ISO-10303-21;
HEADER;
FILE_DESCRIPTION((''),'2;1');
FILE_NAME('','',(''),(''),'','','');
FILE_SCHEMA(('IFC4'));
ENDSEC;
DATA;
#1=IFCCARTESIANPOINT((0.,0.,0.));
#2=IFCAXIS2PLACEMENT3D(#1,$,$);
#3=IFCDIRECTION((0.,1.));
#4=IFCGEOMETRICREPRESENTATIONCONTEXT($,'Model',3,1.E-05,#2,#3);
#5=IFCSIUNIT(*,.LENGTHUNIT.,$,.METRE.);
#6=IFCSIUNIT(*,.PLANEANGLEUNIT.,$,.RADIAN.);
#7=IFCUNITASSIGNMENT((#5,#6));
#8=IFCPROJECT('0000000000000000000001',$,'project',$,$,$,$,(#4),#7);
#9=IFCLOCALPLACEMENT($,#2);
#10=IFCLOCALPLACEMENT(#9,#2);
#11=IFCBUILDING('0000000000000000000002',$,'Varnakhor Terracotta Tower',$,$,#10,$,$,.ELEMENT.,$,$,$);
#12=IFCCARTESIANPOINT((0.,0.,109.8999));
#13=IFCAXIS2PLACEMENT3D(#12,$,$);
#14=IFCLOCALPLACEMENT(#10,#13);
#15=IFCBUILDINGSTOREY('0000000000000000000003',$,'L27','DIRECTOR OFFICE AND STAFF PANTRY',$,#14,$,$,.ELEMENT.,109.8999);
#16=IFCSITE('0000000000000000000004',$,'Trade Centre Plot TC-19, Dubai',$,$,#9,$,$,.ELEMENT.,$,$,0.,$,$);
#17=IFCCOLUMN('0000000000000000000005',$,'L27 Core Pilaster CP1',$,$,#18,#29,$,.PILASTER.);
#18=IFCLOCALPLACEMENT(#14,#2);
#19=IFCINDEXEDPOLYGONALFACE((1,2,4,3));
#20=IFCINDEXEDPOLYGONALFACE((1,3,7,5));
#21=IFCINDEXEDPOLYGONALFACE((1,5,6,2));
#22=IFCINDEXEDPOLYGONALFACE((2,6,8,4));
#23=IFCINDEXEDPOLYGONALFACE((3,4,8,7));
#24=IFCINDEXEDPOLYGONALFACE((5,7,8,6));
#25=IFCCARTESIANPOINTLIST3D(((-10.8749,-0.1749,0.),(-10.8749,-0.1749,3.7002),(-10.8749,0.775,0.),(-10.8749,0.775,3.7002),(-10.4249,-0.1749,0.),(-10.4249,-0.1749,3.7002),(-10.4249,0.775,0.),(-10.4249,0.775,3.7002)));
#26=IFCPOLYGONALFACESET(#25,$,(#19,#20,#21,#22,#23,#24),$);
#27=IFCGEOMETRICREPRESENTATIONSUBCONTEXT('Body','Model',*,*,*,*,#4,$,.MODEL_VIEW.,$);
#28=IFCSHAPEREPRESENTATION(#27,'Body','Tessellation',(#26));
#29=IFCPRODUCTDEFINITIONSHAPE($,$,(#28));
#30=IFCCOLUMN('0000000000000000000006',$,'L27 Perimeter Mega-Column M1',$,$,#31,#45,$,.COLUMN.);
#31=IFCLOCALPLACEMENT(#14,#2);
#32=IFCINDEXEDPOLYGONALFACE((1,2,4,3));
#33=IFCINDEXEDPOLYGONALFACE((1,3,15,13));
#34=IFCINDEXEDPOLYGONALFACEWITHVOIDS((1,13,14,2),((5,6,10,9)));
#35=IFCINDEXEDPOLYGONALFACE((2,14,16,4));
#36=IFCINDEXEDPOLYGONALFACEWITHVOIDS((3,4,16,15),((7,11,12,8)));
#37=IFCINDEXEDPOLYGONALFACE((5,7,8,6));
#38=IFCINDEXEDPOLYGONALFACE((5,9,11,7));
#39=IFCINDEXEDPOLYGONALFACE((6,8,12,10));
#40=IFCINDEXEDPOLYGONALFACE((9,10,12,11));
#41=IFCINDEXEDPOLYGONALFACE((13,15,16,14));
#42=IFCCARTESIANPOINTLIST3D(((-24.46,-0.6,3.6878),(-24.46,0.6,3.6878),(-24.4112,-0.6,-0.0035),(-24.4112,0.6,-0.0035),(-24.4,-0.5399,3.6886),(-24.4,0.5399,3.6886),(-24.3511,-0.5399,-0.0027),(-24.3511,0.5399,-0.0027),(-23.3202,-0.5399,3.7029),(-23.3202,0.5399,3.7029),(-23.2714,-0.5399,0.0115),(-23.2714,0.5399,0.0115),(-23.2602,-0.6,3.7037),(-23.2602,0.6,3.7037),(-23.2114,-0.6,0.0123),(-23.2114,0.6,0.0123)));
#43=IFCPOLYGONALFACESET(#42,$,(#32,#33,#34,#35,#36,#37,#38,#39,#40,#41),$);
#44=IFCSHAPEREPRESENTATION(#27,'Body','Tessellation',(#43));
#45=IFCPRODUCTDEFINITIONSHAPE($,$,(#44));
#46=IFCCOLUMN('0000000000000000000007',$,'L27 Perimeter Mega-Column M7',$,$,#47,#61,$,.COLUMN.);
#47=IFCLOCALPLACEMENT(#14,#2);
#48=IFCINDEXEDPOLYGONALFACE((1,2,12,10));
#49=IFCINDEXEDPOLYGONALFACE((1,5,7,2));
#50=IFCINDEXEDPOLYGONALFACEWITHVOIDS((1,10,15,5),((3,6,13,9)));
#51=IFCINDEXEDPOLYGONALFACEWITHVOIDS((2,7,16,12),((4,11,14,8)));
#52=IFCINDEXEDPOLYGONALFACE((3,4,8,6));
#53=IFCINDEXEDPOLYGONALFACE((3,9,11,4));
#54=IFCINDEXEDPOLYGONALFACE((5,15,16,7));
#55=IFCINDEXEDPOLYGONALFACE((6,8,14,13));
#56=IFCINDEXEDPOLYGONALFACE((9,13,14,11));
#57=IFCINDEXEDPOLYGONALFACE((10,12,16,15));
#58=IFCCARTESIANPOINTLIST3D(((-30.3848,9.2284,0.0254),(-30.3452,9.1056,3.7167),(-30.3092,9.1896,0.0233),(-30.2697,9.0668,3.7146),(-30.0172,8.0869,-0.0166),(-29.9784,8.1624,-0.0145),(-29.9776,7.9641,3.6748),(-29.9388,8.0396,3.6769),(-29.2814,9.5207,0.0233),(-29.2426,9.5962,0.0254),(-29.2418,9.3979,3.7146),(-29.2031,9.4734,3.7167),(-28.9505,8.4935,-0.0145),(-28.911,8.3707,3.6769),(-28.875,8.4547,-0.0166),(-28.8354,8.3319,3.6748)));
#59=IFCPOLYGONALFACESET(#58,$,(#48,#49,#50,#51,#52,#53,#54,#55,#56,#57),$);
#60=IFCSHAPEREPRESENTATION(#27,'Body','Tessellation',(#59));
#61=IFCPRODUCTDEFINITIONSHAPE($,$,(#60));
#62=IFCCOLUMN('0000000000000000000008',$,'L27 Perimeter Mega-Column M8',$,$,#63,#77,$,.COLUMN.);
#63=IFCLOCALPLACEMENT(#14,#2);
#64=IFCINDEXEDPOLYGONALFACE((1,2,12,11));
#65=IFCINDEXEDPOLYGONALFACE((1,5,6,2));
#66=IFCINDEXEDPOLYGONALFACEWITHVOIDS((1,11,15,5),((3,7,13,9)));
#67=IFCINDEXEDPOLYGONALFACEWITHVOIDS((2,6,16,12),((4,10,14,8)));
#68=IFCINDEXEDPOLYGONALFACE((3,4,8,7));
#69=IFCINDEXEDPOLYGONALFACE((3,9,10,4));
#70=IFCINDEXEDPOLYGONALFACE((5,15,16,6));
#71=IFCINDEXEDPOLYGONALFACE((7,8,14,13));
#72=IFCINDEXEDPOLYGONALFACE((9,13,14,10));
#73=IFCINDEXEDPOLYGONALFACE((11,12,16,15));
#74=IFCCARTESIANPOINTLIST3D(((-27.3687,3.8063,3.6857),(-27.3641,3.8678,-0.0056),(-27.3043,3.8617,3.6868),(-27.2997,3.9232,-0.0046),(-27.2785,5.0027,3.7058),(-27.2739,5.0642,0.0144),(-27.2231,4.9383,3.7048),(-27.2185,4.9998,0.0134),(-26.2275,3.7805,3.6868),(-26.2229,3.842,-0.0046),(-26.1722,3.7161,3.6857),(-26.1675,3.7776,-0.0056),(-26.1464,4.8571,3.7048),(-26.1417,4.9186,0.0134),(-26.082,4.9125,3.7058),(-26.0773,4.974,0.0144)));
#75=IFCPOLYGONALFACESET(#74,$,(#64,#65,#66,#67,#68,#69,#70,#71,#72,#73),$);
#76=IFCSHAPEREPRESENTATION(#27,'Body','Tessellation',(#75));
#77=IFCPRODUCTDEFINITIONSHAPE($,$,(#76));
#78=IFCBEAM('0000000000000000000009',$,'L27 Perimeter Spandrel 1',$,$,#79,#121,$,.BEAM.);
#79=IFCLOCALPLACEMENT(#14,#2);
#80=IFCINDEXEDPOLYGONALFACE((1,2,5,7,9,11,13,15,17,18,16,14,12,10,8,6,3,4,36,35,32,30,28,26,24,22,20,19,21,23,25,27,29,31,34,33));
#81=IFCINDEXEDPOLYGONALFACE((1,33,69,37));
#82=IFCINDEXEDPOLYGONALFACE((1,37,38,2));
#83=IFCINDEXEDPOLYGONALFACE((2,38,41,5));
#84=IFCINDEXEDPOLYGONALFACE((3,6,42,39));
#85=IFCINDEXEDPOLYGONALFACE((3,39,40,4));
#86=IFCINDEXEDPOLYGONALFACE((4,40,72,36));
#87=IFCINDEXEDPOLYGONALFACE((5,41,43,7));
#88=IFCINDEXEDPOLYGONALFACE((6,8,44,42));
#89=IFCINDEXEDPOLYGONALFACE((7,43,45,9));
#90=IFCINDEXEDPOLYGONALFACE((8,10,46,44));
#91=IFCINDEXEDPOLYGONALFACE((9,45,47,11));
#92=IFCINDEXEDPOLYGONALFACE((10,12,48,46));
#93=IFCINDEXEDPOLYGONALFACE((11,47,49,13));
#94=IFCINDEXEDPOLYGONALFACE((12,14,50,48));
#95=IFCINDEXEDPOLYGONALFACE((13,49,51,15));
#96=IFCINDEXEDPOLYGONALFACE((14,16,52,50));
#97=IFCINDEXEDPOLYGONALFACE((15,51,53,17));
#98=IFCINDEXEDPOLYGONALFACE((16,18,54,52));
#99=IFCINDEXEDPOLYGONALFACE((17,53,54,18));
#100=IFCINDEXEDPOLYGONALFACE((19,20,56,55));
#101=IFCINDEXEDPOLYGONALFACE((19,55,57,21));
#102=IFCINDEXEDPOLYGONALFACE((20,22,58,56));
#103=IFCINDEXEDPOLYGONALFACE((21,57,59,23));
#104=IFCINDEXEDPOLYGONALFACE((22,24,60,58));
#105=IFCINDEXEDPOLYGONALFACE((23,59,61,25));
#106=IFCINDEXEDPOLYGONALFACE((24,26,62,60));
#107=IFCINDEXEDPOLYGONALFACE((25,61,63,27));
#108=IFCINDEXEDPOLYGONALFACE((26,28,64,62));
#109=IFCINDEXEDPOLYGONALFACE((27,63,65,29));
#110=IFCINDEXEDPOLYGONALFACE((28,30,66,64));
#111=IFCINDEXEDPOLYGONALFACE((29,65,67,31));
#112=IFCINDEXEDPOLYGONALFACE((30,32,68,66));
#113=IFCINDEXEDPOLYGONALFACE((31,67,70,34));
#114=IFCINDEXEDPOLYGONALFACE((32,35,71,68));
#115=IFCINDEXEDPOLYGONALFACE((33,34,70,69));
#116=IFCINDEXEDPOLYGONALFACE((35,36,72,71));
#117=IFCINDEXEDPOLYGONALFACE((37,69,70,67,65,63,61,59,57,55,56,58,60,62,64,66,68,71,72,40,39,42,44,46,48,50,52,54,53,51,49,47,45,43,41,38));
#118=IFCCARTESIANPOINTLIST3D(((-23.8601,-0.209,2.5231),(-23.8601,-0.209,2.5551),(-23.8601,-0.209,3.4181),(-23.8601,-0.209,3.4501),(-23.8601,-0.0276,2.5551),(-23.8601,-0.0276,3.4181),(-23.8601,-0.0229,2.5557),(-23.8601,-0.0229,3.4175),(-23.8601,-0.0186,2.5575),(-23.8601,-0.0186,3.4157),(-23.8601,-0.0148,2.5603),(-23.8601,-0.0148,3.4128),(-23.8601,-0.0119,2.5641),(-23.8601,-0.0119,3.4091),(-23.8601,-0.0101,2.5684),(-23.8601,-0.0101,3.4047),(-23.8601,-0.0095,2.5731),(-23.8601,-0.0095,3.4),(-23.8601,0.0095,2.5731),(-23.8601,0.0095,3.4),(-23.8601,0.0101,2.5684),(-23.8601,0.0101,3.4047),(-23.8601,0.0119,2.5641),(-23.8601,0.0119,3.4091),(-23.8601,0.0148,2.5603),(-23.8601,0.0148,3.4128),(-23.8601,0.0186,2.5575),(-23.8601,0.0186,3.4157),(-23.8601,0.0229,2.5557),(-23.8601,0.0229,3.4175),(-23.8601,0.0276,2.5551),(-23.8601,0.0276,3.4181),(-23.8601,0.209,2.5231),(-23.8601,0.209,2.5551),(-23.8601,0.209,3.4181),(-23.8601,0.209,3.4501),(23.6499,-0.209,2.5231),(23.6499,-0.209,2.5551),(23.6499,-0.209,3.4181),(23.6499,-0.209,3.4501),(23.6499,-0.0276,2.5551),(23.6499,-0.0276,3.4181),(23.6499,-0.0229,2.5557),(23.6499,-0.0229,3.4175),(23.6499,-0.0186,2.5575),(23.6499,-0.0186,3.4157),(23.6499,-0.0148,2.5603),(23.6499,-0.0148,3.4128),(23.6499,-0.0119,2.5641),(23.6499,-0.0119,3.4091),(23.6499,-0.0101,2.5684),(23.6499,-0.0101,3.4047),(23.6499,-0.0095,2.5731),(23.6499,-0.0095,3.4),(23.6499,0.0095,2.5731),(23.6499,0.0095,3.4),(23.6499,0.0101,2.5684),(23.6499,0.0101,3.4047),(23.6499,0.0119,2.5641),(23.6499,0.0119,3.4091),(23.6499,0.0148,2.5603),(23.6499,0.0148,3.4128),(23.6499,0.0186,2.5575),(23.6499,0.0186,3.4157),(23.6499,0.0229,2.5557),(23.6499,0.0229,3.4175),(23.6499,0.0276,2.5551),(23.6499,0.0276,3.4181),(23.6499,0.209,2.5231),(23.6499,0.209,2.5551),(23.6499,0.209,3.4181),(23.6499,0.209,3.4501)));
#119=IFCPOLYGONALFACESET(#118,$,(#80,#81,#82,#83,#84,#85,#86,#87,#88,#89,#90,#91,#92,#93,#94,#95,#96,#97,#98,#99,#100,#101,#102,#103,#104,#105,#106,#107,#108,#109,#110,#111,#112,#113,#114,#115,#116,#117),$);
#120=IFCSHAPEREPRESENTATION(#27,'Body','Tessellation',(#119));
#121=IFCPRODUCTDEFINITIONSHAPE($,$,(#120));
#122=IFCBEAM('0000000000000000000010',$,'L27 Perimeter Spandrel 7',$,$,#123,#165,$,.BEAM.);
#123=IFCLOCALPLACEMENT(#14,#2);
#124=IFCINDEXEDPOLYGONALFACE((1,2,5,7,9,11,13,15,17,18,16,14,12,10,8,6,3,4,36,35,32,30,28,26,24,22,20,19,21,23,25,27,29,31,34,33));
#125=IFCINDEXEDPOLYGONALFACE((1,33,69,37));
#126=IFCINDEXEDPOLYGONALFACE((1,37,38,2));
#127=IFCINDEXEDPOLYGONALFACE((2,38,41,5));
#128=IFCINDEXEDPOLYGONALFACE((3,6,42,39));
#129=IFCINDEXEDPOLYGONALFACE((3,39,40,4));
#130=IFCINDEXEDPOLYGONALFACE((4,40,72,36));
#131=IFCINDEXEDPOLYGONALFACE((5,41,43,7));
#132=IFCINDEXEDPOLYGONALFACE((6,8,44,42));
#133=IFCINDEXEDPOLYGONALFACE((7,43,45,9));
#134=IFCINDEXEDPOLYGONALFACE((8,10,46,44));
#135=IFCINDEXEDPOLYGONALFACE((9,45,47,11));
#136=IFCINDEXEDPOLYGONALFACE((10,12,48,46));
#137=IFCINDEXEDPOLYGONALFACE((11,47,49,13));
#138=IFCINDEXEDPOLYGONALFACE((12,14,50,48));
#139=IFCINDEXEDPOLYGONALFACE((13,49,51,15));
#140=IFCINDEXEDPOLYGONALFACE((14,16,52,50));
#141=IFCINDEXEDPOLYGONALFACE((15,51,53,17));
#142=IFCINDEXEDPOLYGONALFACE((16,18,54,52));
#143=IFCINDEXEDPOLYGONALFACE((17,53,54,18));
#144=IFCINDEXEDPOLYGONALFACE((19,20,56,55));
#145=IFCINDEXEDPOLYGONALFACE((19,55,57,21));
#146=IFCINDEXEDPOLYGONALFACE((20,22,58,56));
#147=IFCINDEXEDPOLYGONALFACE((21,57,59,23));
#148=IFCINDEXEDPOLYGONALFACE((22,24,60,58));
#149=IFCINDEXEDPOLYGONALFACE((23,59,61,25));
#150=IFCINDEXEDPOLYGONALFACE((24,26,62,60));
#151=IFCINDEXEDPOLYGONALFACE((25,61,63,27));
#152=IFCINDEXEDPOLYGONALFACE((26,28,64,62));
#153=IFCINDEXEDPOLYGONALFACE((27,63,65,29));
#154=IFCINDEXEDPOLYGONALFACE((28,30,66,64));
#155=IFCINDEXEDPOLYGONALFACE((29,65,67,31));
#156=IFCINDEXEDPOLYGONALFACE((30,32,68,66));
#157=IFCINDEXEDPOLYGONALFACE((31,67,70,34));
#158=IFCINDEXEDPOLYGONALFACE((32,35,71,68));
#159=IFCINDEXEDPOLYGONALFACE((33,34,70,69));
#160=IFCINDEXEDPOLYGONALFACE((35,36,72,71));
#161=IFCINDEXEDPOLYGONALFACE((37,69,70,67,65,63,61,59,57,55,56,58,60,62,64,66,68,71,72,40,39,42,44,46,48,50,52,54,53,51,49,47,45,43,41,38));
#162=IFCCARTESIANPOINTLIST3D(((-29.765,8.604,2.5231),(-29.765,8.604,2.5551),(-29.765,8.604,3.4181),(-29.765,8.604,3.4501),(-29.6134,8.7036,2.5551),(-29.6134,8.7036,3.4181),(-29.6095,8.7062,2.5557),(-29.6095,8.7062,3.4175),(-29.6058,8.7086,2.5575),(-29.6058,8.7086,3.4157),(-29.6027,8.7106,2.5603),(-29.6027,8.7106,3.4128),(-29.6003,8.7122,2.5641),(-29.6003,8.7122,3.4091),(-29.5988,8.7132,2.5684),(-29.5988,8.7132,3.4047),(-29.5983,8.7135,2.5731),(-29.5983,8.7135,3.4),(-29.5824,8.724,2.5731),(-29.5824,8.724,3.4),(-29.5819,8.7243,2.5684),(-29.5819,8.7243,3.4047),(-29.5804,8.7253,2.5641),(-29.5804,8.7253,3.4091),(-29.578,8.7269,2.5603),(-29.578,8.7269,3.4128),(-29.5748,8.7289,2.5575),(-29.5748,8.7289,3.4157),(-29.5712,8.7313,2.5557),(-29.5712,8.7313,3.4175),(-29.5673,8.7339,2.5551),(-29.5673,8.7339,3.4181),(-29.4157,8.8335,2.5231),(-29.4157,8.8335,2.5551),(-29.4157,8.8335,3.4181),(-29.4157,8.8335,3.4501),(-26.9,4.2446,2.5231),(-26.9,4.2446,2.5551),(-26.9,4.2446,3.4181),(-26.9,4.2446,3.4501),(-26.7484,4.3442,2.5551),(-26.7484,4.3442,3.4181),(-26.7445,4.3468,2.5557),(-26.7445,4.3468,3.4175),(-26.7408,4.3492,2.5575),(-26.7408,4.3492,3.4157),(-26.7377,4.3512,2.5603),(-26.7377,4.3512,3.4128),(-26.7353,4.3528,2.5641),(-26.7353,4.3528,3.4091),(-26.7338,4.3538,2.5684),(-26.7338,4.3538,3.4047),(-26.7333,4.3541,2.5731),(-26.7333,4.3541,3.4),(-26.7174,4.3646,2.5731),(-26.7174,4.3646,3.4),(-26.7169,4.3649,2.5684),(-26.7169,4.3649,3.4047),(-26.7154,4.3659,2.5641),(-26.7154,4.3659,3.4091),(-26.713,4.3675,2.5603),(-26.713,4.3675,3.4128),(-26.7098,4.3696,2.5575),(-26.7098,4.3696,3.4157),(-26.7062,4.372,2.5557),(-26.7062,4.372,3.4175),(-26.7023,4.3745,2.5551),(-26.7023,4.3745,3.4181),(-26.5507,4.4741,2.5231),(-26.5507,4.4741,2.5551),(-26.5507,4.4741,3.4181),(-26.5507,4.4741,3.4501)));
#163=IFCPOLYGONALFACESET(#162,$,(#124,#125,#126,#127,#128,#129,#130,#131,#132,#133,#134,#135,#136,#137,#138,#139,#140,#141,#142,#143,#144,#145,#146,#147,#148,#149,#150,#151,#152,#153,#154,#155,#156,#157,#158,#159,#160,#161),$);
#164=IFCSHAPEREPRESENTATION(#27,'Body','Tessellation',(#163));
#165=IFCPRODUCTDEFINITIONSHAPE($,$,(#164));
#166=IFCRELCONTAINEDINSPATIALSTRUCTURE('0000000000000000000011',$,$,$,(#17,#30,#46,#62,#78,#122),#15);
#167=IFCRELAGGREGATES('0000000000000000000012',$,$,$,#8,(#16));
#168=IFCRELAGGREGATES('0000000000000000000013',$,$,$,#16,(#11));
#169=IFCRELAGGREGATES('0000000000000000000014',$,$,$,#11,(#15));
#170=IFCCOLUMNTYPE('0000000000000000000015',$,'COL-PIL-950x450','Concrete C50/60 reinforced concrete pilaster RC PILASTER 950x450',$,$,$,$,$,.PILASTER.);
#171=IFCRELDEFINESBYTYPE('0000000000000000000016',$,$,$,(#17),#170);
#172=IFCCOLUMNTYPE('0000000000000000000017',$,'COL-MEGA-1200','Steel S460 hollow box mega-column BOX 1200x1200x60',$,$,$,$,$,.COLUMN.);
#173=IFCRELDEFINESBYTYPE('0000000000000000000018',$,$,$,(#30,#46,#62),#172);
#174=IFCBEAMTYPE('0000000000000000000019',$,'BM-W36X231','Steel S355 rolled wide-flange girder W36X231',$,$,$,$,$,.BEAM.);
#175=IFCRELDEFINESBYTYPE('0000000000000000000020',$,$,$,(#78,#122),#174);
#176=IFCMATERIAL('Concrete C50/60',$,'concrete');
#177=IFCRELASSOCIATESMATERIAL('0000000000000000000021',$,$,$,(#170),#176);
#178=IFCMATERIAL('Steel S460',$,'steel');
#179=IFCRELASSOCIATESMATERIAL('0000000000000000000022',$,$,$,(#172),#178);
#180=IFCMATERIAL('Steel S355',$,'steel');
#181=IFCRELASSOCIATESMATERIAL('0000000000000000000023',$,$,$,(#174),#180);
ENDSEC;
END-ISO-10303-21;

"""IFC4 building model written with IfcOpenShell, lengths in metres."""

from ifc_helpers import new_model, si_unit, direction, frame, origin, origin_2d, place, context, subcontext, project, spatial, rectangle, hollow_rectangle, i_section, extrude, source, transform, mapped, material, material_profile, profile_set, type_object, type_shapes, element, save


model = new_model("IFC4")

# Units and contexts
model_context = context("Model", 3, precision=1e-05, world=origin(), true_north=direction((0.0, 1.0)))
body_context = subcontext(model_context, "Body", "Model", "MODEL_VIEW")
ifc_project = project(units=[si_unit("LENGTHUNIT", "METRE"), si_unit("PLANEANGLEUNIT", "RADIAN")], contexts=[model_context])

# Site, building, storey
site_placement = place(None, origin())
site = spatial("IfcSite", under=ifc_project, at=site_placement, Name="Trade Centre Plot TC-19, Dubai", CompositionType="ELEMENT", RefElevation=0.0)
building_placement = place(site_placement, origin())
building = spatial("IfcBuilding", under=site, at=building_placement, Name="Varnakhor Terracotta Tower", CompositionType="ELEMENT")
storey_placement = place(building_placement, frame((0.0, 0.0, 109.8999)))
storey = spatial("IfcBuildingStorey", under=building, at=storey_placement, Name="L27", Description="DIRECTOR OFFICE AND STAFF PANTRY", CompositionType="ELEMENT", Elevation=109.8999)

# Columns
ifc_material_1 = material(Name="Concrete C50/60", Category="concrete")
ifc_material_profile_1 = material_profile(ifc_material_1, rectangle(XDim=0.45, YDim=0.95, at=origin_2d()), Name="RC PILASTER 950x450")
ifc_profile_set_1 = profile_set([ifc_material_profile_1], Name="Concrete C50/60")
column_type_1 = type_object("IfcColumnType", Name="COL-PIL-950x450", Description="Concrete C50/60 reinforced concrete pilaster RC PILASTER 950x450", PredefinedType="PILASTER", material=ifc_profile_set_1)
shared_shape_1 = source(origin(), body_context, "Body", "SweptSolid", [
    extrude(rectangle(XDim=0.45, YDim=0.95, at=origin_2d()), origin(), (0.0, 0.0, 1.0), 3.7002),
])
column_1_placement = place(storey_placement, frame((-10.6499, 0.3, 0.0), z_axis=(0.0, 0.0, 1.0), x_axis=(1.0, 0.0, 0.0)))
element("IfcColumn", 1, at=column_1_placement, inside=storey, type_object=column_type_1, Name="L27 Core Pilaster CP1", PredefinedType="PILASTER", context=body_context, shape_type="MappedRepresentation", body=[
    mapped(shared_shape_1, transform((0.0, 0.0, 0.0), scale=1.0)),
])
ifc_material_2 = material(Name="Steel S460", Category="steel")
ifc_material_profile_2 = material_profile(ifc_material_2, hollow_rectangle(XDim=1.2, YDim=1.2, WallThickness=0.0601, at=origin_2d()), Name="BOX 1200x1200x60")
ifc_profile_set_2 = profile_set([ifc_material_profile_2], Name="Steel S460")
column_type_2 = type_object("IfcColumnType", Name="COL-MEGA-1200", Description="Steel S460 hollow box mega-column BOX 1200x1200x60", PredefinedType="COLUMN", material=ifc_profile_set_2)
shared_shape_2 = source(origin(), body_context, "Body", "SweptSolid", [
    extrude(hollow_rectangle(XDim=1.2, YDim=1.2, WallThickness=0.0601, at=origin_2d()), origin(), (0.0, 0.0, 1.0), 3.6917),
])
type_shapes(column_type_2, [shared_shape_2])
column_2_placement = place(storey_placement, frame((-23.8113, 0.0, 0.0044), z_axis=(-0.013226, 0.0, 0.999913), x_axis=(0.0, -1.0, 0.0)))
element("IfcColumn", 2, at=column_2_placement, inside=storey, type_object=column_type_2, Name="L27 Perimeter Mega-Column M1", PredefinedType="COLUMN", context=body_context, shape_type="MappedRepresentation", body=[
    mapped(shared_shape_2, transform((0.0, 0.0, 0.0), scale=1.0)),
])
shared_shape_3 = source(origin(), body_context, "Body", "SweptSolid", [
    extrude(hollow_rectangle(XDim=1.2, YDim=1.2, WallThickness=0.0601, at=origin_2d()), origin(), (0.0, 0.0, 1.0), 3.6936),
])
column_3_placement = place(storey_placement, frame((-29.6299, 8.8416, 0.0044), z_axis=(0.010708, -0.033247, 0.99939), x_axis=(0.951851, 0.30656, 0.0)))
element("IfcColumn", 3, at=column_3_placement, inside=storey, type_object=column_type_2, Name="L27 Perimeter Mega-Column M7", PredefinedType="COLUMN", context=body_context, shape_type="MappedRepresentation", body=[
    mapped(shared_shape_3, transform((0.0, 0.0, 0.0), scale=1.0)),
])
shared_shape_4 = source(origin(), body_context, "Body", "SweptSolid", [
    extrude(hollow_rectangle(XDim=1.2, YDim=1.2, WallThickness=0.0601, at=origin_2d()), origin(), (0.0, 0.0, 1.0), 3.6919),
])
column_4_placement = place(storey_placement, frame((-26.7207, 4.4209, 0.0044), z_axis=(-0.001256, -0.016664, 0.99986), x_axis=(0.99717, -0.075183, 0.0)))
element("IfcColumn", 4, at=column_4_placement, inside=storey, type_object=column_type_2, Name="L27 Perimeter Mega-Column M8", PredefinedType="COLUMN", context=body_context, shape_type="MappedRepresentation", body=[
    mapped(shared_shape_4, transform((0.0, 0.0, 0.0), scale=1.0)),
])

# Beams
ifc_material_3 = material(Name="Steel S355", Category="steel")
ifc_material_profile_3 = material_profile(ifc_material_3, i_section(OverallWidth=0.418, OverallDepth=0.927, WebThickness=0.019, FlangeThickness=0.032, FilletRadius=0.0181, at=origin_2d()), Name="W36X231")
ifc_profile_set_3 = profile_set([ifc_material_profile_3], Name="Steel S355")
beam_type_1 = type_object("IfcBeamType", Name="BM-W36X231", Description="Steel S355 rolled wide-flange girder W36X231", PredefinedType="BEAM", material=ifc_profile_set_3)
shared_shape_5 = source(origin(), body_context, "Body", "SweptSolid", [
    extrude(i_section(OverallWidth=0.418, OverallDepth=0.927, WebThickness=0.019, FlangeThickness=0.032, FilletRadius=0.0181, at=origin_2d()), origin(), (0.0, 0.0, 1.0), 47.51),
])
beam_1_placement = place(storey_placement, frame((-23.8601, 0.0, 2.9866), z_axis=(1.0, 0.0, 0.0), x_axis=(0.0, 1.0, 0.0)))
element("IfcBeam", 5, at=beam_1_placement, inside=storey, type_object=beam_type_1, Name="L27 Perimeter Spandrel 1", PredefinedType="BEAM", context=body_context, shape_type="MappedRepresentation", body=[
    mapped(shared_shape_5, transform((0.0, 0.0, 0.0), scale=1.0)),
])
shared_shape_6 = source(origin(), body_context, "Body", "SweptSolid", [
    extrude(i_section(OverallWidth=0.418, OverallDepth=0.927, WebThickness=0.019, FlangeThickness=0.032, FilletRadius=0.0181, at=origin_2d()), origin(), (0.0, 0.0, 1.0), 5.2166),
])
beam_2_placement = place(storey_placement, frame((-29.5903, 8.7188, 2.9866), z_axis=(0.549212, -0.835683, 0.0), x_axis=(0.835683, 0.549212, 0.0)))
element("IfcBeam", 6, at=beam_2_placement, inside=storey, type_object=beam_type_1, Name="L27 Perimeter Spandrel 7", PredefinedType="BEAM", context=body_context, shape_type="MappedRepresentation", body=[
    mapped(shared_shape_6, transform((0.0, 0.0, 0.0), scale=1.0)),
])

save(model, "model.ifc")
